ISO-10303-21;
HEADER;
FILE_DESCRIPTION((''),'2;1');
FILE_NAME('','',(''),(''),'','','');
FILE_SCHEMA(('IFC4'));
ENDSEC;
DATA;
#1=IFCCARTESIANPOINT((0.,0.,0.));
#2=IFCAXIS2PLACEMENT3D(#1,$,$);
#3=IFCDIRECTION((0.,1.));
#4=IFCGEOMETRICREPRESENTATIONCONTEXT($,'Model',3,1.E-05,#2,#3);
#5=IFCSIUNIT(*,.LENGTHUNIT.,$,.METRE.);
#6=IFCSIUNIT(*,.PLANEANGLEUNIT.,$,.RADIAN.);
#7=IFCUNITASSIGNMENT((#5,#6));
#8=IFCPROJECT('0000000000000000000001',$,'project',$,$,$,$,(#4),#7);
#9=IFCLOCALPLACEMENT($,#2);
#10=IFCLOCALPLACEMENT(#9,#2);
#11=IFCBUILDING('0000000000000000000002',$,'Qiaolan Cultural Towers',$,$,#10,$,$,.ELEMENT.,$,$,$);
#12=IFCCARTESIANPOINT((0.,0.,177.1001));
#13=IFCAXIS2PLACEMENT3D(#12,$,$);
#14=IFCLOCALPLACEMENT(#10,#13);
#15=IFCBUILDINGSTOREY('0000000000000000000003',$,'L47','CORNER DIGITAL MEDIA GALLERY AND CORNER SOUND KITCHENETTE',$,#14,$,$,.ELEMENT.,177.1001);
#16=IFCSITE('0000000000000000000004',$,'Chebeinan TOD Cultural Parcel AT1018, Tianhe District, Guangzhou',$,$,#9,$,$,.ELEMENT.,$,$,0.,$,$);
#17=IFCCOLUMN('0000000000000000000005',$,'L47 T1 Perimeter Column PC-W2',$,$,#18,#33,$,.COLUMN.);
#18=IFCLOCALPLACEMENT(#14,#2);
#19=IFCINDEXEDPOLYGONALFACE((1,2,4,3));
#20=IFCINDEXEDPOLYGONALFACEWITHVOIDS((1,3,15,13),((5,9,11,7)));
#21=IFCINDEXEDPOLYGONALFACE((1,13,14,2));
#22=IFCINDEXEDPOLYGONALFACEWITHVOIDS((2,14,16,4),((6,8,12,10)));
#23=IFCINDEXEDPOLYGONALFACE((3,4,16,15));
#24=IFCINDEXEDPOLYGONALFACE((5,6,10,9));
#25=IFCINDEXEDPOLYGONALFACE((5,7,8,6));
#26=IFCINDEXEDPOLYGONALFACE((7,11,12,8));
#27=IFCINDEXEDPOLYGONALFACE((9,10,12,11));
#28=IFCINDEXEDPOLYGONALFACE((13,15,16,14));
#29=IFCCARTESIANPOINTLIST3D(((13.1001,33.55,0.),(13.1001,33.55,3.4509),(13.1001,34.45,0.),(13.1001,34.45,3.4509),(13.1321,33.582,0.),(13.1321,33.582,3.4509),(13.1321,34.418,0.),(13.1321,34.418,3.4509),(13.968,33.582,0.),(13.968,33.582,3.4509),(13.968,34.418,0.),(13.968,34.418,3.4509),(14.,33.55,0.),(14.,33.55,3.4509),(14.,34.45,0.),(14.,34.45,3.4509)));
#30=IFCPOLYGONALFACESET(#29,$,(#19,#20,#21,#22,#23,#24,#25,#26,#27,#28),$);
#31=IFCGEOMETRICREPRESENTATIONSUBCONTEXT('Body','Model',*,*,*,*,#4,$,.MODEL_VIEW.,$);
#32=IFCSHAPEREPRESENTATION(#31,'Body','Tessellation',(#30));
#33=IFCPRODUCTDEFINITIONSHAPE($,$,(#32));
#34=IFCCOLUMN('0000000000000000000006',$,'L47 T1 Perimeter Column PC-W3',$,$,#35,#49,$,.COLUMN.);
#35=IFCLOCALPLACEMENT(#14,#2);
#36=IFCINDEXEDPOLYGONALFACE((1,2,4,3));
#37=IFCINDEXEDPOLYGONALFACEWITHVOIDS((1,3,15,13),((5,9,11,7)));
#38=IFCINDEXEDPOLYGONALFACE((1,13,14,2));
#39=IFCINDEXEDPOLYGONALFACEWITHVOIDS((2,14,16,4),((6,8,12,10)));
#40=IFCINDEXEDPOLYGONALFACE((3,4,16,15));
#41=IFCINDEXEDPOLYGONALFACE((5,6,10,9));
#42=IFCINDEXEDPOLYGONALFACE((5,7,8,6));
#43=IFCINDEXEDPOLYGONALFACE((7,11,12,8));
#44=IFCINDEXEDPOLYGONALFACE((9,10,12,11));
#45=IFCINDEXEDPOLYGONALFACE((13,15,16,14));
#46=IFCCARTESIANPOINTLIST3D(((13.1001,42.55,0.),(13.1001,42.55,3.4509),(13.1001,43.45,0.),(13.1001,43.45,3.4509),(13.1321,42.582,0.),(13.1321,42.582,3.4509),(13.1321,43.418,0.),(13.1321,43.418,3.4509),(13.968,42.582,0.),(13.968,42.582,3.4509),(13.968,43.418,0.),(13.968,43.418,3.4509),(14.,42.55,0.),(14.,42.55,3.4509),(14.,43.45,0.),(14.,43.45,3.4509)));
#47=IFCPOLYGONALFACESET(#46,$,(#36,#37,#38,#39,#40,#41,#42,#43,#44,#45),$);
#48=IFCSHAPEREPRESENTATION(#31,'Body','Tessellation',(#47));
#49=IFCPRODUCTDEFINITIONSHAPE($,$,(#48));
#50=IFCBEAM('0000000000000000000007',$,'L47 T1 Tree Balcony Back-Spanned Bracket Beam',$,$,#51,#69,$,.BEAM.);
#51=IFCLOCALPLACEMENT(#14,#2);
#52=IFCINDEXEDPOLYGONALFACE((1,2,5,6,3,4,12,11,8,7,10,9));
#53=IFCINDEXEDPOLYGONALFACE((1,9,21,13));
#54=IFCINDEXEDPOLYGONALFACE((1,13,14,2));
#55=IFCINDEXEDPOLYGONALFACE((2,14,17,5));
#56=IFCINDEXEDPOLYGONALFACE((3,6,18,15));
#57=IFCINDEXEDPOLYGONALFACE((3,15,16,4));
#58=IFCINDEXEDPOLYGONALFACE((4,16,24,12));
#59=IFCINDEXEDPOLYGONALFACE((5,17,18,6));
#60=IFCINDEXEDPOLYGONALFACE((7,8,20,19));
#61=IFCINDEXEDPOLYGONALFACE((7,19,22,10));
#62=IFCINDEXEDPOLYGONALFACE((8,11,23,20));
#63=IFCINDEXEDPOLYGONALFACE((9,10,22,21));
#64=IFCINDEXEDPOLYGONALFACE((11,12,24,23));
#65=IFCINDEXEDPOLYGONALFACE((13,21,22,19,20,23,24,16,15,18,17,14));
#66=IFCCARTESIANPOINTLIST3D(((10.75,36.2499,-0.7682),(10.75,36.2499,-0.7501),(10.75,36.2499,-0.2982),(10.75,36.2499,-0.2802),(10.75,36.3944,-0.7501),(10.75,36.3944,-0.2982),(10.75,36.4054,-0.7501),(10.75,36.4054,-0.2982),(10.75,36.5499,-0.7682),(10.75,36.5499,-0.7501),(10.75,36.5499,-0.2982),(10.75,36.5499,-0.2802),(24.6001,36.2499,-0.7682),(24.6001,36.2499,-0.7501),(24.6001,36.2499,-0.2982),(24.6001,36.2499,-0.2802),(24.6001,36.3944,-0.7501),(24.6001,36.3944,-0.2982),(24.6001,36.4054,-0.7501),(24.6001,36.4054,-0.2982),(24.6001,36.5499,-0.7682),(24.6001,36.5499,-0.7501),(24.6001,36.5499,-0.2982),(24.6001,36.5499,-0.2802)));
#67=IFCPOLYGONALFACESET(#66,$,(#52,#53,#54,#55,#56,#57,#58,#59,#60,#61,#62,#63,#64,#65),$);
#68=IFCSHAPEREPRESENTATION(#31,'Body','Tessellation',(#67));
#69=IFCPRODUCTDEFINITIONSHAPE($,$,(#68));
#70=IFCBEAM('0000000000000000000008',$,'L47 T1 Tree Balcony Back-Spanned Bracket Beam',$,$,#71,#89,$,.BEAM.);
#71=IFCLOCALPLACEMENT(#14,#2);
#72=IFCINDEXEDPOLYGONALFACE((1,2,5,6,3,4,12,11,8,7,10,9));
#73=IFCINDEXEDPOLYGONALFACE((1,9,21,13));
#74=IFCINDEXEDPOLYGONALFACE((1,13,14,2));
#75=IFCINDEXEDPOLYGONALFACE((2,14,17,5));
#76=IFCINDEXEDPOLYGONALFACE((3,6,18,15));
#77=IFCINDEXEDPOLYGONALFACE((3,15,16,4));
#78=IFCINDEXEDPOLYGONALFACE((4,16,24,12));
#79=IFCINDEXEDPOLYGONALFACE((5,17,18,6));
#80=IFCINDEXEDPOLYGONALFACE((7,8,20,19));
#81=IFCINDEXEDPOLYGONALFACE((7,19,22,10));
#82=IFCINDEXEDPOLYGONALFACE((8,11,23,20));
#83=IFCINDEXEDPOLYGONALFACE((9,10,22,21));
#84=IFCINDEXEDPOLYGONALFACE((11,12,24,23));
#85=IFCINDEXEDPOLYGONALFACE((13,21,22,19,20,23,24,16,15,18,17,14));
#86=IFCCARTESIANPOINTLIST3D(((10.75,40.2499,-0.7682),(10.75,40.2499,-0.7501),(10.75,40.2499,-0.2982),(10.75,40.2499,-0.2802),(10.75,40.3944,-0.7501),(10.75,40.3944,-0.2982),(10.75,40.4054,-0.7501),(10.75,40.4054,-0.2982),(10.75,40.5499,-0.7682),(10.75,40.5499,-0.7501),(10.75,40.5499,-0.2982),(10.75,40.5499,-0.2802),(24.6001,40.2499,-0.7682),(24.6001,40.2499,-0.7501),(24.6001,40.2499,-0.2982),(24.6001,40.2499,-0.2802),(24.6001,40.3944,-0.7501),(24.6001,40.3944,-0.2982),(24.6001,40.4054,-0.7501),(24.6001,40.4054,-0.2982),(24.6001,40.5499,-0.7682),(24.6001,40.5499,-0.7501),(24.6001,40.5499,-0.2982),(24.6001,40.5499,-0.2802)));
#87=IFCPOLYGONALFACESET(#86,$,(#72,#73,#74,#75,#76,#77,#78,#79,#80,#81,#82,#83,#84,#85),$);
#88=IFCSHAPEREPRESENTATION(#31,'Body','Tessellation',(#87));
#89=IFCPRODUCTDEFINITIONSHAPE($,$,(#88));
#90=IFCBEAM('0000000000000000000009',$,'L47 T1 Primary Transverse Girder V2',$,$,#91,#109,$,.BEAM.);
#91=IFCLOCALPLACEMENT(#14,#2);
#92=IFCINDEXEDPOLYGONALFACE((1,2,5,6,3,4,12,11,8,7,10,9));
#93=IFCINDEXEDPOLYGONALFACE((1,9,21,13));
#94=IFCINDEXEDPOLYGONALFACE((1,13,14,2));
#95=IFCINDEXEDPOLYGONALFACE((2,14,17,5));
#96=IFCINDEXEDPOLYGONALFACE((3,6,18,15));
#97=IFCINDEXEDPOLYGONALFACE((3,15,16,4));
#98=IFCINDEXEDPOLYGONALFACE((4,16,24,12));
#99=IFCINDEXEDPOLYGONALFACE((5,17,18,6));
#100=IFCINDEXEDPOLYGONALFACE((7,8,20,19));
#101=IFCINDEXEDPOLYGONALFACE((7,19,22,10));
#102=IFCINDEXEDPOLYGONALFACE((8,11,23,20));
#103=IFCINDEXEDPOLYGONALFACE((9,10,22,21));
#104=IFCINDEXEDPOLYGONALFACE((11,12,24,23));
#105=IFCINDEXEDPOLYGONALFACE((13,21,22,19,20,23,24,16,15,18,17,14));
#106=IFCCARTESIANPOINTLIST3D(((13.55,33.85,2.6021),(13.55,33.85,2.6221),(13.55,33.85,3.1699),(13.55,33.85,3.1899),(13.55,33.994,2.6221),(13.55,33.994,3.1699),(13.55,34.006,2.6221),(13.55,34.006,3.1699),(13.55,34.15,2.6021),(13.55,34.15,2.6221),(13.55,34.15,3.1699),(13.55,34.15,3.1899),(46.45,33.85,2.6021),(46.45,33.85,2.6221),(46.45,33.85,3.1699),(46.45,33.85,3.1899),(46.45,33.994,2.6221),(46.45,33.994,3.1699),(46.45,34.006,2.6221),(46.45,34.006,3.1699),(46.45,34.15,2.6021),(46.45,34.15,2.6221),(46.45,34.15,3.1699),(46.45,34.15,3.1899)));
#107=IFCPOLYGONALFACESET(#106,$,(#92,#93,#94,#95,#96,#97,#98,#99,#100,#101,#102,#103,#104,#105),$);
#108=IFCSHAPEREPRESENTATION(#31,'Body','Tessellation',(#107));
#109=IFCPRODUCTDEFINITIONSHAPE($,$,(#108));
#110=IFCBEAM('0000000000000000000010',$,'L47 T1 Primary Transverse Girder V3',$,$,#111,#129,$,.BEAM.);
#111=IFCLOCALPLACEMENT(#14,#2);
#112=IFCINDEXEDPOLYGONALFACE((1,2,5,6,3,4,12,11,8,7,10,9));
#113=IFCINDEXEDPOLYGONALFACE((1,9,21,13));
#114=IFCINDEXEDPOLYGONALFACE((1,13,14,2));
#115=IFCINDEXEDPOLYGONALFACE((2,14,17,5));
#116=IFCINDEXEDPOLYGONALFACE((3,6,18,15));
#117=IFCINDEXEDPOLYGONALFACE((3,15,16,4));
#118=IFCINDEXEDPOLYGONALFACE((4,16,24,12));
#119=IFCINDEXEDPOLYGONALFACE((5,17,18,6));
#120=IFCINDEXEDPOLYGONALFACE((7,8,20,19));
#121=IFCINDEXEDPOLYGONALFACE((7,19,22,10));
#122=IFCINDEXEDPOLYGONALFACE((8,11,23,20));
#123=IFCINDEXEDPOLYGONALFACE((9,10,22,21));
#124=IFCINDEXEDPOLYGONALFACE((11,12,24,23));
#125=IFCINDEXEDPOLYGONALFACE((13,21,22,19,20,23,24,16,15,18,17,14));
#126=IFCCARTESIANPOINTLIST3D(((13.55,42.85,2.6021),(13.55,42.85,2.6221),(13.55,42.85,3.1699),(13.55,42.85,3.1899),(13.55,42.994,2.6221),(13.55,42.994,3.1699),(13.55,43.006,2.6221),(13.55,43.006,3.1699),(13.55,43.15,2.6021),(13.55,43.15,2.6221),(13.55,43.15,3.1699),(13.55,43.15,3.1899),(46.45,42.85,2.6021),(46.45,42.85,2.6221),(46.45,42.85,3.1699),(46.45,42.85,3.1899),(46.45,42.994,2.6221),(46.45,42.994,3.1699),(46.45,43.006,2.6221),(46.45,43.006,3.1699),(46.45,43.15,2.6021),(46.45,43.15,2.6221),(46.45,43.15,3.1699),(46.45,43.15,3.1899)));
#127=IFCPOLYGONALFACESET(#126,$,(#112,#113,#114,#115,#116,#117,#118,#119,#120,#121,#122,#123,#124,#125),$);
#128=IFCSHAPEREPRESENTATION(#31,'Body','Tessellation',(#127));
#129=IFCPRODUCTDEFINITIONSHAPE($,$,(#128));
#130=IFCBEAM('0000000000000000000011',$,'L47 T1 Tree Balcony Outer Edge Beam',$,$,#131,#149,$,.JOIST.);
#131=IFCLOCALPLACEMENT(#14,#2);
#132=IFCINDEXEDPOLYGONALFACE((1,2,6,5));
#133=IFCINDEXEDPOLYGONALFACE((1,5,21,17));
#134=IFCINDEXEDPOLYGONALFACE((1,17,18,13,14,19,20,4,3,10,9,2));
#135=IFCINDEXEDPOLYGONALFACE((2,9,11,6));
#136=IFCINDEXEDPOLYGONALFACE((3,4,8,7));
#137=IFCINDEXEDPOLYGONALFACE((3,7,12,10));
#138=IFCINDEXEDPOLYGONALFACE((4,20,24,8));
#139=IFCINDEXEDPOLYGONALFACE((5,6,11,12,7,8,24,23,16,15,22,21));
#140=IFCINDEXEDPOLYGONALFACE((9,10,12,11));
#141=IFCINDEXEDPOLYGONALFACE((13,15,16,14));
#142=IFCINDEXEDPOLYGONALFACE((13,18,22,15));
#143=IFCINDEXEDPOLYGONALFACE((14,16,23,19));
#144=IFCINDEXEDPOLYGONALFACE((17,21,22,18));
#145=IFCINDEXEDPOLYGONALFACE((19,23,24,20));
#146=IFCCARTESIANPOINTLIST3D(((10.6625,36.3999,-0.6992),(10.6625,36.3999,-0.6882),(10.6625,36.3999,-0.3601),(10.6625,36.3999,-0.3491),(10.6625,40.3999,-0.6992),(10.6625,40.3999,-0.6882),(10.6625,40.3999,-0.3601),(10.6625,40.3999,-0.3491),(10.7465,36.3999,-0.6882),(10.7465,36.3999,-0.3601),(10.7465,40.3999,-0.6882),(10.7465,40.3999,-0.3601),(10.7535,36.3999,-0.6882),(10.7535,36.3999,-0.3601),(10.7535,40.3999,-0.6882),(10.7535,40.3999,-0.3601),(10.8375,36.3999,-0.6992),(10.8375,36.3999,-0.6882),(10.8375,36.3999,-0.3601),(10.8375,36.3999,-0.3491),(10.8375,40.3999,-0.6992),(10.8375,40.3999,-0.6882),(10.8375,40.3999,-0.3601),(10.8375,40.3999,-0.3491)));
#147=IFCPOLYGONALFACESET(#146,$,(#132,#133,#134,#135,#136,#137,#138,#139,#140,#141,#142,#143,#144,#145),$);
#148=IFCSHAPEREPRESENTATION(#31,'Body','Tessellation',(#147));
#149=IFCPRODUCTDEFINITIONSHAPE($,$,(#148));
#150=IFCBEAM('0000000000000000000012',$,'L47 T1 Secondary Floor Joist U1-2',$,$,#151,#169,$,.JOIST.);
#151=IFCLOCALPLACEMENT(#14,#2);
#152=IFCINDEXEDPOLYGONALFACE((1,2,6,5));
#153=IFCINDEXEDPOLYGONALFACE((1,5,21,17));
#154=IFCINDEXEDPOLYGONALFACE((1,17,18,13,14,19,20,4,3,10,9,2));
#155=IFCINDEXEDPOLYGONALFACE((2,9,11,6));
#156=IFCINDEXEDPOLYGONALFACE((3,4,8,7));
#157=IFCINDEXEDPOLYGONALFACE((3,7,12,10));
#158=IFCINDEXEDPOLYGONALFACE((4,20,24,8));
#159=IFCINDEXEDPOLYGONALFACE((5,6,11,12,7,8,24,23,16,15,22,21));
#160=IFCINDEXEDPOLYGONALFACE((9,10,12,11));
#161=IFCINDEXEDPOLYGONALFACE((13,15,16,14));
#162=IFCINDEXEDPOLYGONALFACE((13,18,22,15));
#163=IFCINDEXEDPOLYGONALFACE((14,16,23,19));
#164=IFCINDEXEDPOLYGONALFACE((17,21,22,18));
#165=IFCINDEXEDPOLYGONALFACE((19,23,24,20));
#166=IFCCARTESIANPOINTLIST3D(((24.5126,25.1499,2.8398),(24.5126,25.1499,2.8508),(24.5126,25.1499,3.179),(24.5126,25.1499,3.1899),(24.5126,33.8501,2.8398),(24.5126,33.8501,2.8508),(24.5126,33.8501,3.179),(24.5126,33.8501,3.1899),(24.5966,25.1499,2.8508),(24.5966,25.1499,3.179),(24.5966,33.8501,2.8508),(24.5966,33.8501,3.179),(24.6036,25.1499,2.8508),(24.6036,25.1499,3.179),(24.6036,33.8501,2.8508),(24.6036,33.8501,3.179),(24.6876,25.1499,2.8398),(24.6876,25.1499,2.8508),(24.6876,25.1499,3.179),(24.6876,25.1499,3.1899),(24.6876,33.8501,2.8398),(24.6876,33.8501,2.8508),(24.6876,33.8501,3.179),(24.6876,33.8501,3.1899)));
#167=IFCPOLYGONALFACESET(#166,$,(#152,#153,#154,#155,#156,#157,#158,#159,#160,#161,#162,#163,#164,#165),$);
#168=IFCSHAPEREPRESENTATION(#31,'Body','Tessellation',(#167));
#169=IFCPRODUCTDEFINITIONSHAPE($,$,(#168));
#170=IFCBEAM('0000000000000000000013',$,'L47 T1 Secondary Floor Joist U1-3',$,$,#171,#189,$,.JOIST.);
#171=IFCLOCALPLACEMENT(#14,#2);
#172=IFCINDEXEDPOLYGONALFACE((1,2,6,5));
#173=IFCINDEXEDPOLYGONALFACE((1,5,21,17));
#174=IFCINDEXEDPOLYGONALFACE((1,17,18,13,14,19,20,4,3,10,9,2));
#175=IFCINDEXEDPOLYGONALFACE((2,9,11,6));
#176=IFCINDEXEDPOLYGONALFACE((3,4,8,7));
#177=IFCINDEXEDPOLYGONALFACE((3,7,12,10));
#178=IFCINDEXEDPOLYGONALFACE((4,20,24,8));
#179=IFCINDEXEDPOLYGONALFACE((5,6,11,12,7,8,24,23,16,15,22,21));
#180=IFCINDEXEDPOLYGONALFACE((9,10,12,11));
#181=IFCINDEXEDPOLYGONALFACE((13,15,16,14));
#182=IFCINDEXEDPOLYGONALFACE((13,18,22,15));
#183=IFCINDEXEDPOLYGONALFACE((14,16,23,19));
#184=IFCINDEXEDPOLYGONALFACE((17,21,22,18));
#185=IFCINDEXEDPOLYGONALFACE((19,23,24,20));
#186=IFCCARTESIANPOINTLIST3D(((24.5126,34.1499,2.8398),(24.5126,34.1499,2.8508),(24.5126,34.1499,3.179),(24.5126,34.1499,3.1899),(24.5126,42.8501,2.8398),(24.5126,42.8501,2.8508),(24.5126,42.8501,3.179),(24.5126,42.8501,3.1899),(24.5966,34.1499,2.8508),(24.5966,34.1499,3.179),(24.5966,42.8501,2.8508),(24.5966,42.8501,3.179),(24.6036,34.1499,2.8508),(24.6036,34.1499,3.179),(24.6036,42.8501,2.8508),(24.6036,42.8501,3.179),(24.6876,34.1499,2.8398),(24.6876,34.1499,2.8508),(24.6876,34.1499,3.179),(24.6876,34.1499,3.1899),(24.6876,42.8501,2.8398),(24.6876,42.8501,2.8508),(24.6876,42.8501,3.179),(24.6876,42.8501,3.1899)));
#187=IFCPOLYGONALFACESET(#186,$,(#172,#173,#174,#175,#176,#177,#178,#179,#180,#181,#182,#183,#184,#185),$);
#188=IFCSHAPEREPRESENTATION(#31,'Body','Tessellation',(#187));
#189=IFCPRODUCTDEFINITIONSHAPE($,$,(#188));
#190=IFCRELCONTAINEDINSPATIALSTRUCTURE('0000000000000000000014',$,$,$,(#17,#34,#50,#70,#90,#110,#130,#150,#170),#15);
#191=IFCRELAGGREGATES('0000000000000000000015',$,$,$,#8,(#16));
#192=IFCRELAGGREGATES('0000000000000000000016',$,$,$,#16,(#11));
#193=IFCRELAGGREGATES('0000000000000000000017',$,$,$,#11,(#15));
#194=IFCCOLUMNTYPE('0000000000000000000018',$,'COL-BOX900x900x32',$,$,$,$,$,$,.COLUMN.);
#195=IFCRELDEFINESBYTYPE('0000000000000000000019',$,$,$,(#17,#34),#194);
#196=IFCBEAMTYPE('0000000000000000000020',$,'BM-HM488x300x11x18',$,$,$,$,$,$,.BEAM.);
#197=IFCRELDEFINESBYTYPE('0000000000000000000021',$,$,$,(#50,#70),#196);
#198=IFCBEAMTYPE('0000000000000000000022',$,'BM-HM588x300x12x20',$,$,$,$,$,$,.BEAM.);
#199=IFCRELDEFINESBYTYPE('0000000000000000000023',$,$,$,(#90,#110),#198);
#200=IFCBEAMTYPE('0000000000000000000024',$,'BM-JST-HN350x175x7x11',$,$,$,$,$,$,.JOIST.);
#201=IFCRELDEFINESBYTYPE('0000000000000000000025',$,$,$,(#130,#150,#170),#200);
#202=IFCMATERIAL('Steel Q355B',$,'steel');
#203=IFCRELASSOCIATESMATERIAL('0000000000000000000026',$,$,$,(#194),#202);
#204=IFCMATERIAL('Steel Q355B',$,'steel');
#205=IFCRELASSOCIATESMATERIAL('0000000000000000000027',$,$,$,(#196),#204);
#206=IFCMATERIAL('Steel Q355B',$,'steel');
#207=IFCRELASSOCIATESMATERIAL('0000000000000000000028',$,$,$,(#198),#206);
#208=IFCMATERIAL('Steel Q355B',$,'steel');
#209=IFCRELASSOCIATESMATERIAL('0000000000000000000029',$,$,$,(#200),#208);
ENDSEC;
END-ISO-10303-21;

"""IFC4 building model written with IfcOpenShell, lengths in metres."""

from ifc_helpers import new_model, si_unit, direction, frame, origin, origin_2d, place, context, subcontext, project, spatial, hollow_rectangle, i_section, extrude, material, material_profile, profile_set, type_object, element, save


model = new_model("IFC4")

# Units and contexts
model_context = context("Model", 3, precision=1e-05, world=origin(), true_north=direction((0.0, 1.0)))
body_context = subcontext(model_context, "Body", "Model", "MODEL_VIEW")
ifc_project = project(units=[si_unit("LENGTHUNIT", "METRE"), si_unit("PLANEANGLEUNIT", "RADIAN")], contexts=[model_context])

# Site, building, storey
site_placement = place(None, origin())
site = spatial("IfcSite", under=ifc_project, at=site_placement, Name="Chebeinan TOD Cultural Parcel AT1018, Tianhe District, Guangzhou", CompositionType="ELEMENT", RefElevation=0.0)
building_placement = place(site_placement, origin())
building = spatial("IfcBuilding", under=site, at=building_placement, Name="Qiaolan Cultural Towers", CompositionType="ELEMENT")
storey_placement = place(building_placement, frame((0.0, 0.0, 177.1001)))
storey = spatial("IfcBuildingStorey", under=building, at=storey_placement, Name="L47", Description="CORNER DIGITAL MEDIA GALLERY AND CORNER SOUND KITCHENETTE", CompositionType="ELEMENT", Elevation=177.1001)

# Columns
ifc_material_1 = material(Name="Steel Q355B", Category="steel")
ifc_material_profile_1 = material_profile(ifc_material_1, hollow_rectangle(XDim=0.8999, YDim=0.8999, WallThickness=0.032, at=origin_2d()), Name="BOX900x900x32")
ifc_profile_set_1 = profile_set([ifc_material_profile_1], Name="Steel Q355B")
column_type = type_object("IfcColumnType", Name="COL-BOX900x900x32", PredefinedType="COLUMN", material=ifc_profile_set_1)
for number, where, z_axis, x_axis, name in (
    (1, (13.55, 34.0, 0.0), (0.0, 0.0, 1.0), (1.0, 0.0, 0.0), "L47 T1 Perimeter Column PC-W2"),
    (2, (13.55, 43.0, 0.0), (0.0, 0.0, 1.0), (1.0, 0.0, 0.0), "L47 T1 Perimeter Column PC-W3"),
):
    element("IfcColumn", number, at=place(storey_placement, frame(where, z_axis=z_axis, x_axis=x_axis)), inside=storey, type_object=column_type, Name=name, PredefinedType="COLUMN", context=body_context, shape_type="SweptSolid", body=[
        extrude(hollow_rectangle(XDim=0.8999, YDim=0.8999, WallThickness=0.032, at=origin_2d()), origin(), (0.0, 0.0, 1.0), 3.4509),
    ])

# Beams
ifc_material_2 = material(Name="Steel Q355B", Category="steel")
ifc_material_profile_2 = material_profile(ifc_material_2, i_section(OverallWidth=0.3, OverallDepth=0.488, WebThickness=0.011, FlangeThickness=0.0181, at=origin_2d()), Name="HM488x300x11x18")
ifc_profile_set_2 = profile_set([ifc_material_profile_2], Name="Steel Q355B")
beam_type_1 = type_object("IfcBeamType", Name="BM-HM488x300x11x18", PredefinedType="BEAM", material=ifc_profile_set_2)
for number, where, z_axis, x_axis, name in (
    (3, (24.6001, 36.3999, -0.5242), (-1.0, 0.0, 0.0), (0.0, -1.0, 0.0), "L47 T1 Tree Balcony Back-Spanned Bracket Beam"),
    (4, (24.6001, 40.3999, -0.5242), (-1.0, 0.0, 0.0), (0.0, -1.0, 0.0), "L47 T1 Tree Balcony Back-Spanned Bracket Beam"),
):
    element("IfcBeam", number, at=place(storey_placement, frame(where, z_axis=z_axis, x_axis=x_axis)), inside=storey, type_object=beam_type_1, Name=name, PredefinedType="BEAM", context=body_context, shape_type="SweptSolid", body=[
        extrude(i_section(OverallWidth=0.3, OverallDepth=0.488, WebThickness=0.011, FlangeThickness=0.0181, at=origin_2d()), origin(), (0.0, 0.0, 1.0), 13.8501),
    ])
ifc_material_3 = material(Name="Steel Q355B", Category="steel")
ifc_material_profile_3 = material_profile(ifc_material_3, i_section(OverallWidth=0.3, OverallDepth=0.5879, WebThickness=0.012, FlangeThickness=0.02, at=origin_2d()), Name="HM588x300x12x20")
ifc_profile_set_3 = profile_set([ifc_material_profile_3], Name="Steel Q355B")
beam_type_2 = type_object("IfcBeamType", Name="BM-HM588x300x12x20", PredefinedType="BEAM", material=ifc_profile_set_3)
for number, where, z_axis, x_axis, name in (
    (5, (13.55, 34.0, 2.896), (1.0, 0.0, 0.0), (0.0, 1.0, 0.0), "L47 T1 Primary Transverse Girder V2"),
    (6, (13.55, 43.0, 2.896), (1.0, 0.0, 0.0), (0.0, 1.0, 0.0), "L47 T1 Primary Transverse Girder V3"),
):
    element("IfcBeam", number, at=place(storey_placement, frame(where, z_axis=z_axis, x_axis=x_axis)), inside=storey, type_object=beam_type_2, Name=name, PredefinedType="BEAM", context=body_context, shape_type="SweptSolid", body=[
        extrude(i_section(OverallWidth=0.3, OverallDepth=0.5879, WebThickness=0.012, FlangeThickness=0.02, at=origin_2d()), origin(), (0.0, 0.0, 1.0), 32.8999),
    ])
ifc_material_4 = material(Name="Steel Q355B", Category="steel")
ifc_material_profile_4 = material_profile(ifc_material_4, i_section(OverallWidth=0.175, OverallDepth=0.3501, WebThickness=0.0071, FlangeThickness=0.011, at=origin_2d()), Name="HN350x175x7x11")
ifc_profile_set_4 = profile_set([ifc_material_profile_4], Name="Steel Q355B")
beam_type_3 = type_object("IfcBeamType", Name="BM-JST-HN350x175x7x11", PredefinedType="JOIST", material=ifc_profile_set_4)
beam_1_placement = place(storey_placement, frame((10.75, 36.3999, -0.5242), z_axis=(0.0, 1.0, 0.0), x_axis=(-1.0, 0.0, 0.0)))
element("IfcBeam", 7, at=beam_1_placement, inside=storey, type_object=beam_type_3, Name="L47 T1 Tree Balcony Outer Edge Beam", PredefinedType="JOIST", context=body_context, shape_type="SweptSolid", body=[
    extrude(i_section(OverallWidth=0.175, OverallDepth=0.3501, WebThickness=0.0071, FlangeThickness=0.011, at=origin_2d()), origin(), (0.0, 0.0, 1.0), 4.0),
])
for number, where, z_axis, x_axis, name in (
    (8, (24.6001, 25.1499, 3.0149), (0.0, 1.0, 0.0), (-1.0, 0.0, 0.0), "L47 T1 Secondary Floor Joist U1-2"),
    (9, (24.6001, 34.1499, 3.0149), (0.0, 1.0, 0.0), (-1.0, 0.0, 0.0), "L47 T1 Secondary Floor Joist U1-3"),
):
    element("IfcBeam", number, at=place(storey_placement, frame(where, z_axis=z_axis, x_axis=x_axis)), inside=storey, type_object=beam_type_3, Name=name, PredefinedType="JOIST", context=body_context, shape_type="SweptSolid", body=[
        extrude(i_section(OverallWidth=0.175, OverallDepth=0.3501, WebThickness=0.0071, FlangeThickness=0.011, at=origin_2d()), origin(), (0.0, 0.0, 1.0), 8.7002),
    ])

save(model, "model.ifc")
